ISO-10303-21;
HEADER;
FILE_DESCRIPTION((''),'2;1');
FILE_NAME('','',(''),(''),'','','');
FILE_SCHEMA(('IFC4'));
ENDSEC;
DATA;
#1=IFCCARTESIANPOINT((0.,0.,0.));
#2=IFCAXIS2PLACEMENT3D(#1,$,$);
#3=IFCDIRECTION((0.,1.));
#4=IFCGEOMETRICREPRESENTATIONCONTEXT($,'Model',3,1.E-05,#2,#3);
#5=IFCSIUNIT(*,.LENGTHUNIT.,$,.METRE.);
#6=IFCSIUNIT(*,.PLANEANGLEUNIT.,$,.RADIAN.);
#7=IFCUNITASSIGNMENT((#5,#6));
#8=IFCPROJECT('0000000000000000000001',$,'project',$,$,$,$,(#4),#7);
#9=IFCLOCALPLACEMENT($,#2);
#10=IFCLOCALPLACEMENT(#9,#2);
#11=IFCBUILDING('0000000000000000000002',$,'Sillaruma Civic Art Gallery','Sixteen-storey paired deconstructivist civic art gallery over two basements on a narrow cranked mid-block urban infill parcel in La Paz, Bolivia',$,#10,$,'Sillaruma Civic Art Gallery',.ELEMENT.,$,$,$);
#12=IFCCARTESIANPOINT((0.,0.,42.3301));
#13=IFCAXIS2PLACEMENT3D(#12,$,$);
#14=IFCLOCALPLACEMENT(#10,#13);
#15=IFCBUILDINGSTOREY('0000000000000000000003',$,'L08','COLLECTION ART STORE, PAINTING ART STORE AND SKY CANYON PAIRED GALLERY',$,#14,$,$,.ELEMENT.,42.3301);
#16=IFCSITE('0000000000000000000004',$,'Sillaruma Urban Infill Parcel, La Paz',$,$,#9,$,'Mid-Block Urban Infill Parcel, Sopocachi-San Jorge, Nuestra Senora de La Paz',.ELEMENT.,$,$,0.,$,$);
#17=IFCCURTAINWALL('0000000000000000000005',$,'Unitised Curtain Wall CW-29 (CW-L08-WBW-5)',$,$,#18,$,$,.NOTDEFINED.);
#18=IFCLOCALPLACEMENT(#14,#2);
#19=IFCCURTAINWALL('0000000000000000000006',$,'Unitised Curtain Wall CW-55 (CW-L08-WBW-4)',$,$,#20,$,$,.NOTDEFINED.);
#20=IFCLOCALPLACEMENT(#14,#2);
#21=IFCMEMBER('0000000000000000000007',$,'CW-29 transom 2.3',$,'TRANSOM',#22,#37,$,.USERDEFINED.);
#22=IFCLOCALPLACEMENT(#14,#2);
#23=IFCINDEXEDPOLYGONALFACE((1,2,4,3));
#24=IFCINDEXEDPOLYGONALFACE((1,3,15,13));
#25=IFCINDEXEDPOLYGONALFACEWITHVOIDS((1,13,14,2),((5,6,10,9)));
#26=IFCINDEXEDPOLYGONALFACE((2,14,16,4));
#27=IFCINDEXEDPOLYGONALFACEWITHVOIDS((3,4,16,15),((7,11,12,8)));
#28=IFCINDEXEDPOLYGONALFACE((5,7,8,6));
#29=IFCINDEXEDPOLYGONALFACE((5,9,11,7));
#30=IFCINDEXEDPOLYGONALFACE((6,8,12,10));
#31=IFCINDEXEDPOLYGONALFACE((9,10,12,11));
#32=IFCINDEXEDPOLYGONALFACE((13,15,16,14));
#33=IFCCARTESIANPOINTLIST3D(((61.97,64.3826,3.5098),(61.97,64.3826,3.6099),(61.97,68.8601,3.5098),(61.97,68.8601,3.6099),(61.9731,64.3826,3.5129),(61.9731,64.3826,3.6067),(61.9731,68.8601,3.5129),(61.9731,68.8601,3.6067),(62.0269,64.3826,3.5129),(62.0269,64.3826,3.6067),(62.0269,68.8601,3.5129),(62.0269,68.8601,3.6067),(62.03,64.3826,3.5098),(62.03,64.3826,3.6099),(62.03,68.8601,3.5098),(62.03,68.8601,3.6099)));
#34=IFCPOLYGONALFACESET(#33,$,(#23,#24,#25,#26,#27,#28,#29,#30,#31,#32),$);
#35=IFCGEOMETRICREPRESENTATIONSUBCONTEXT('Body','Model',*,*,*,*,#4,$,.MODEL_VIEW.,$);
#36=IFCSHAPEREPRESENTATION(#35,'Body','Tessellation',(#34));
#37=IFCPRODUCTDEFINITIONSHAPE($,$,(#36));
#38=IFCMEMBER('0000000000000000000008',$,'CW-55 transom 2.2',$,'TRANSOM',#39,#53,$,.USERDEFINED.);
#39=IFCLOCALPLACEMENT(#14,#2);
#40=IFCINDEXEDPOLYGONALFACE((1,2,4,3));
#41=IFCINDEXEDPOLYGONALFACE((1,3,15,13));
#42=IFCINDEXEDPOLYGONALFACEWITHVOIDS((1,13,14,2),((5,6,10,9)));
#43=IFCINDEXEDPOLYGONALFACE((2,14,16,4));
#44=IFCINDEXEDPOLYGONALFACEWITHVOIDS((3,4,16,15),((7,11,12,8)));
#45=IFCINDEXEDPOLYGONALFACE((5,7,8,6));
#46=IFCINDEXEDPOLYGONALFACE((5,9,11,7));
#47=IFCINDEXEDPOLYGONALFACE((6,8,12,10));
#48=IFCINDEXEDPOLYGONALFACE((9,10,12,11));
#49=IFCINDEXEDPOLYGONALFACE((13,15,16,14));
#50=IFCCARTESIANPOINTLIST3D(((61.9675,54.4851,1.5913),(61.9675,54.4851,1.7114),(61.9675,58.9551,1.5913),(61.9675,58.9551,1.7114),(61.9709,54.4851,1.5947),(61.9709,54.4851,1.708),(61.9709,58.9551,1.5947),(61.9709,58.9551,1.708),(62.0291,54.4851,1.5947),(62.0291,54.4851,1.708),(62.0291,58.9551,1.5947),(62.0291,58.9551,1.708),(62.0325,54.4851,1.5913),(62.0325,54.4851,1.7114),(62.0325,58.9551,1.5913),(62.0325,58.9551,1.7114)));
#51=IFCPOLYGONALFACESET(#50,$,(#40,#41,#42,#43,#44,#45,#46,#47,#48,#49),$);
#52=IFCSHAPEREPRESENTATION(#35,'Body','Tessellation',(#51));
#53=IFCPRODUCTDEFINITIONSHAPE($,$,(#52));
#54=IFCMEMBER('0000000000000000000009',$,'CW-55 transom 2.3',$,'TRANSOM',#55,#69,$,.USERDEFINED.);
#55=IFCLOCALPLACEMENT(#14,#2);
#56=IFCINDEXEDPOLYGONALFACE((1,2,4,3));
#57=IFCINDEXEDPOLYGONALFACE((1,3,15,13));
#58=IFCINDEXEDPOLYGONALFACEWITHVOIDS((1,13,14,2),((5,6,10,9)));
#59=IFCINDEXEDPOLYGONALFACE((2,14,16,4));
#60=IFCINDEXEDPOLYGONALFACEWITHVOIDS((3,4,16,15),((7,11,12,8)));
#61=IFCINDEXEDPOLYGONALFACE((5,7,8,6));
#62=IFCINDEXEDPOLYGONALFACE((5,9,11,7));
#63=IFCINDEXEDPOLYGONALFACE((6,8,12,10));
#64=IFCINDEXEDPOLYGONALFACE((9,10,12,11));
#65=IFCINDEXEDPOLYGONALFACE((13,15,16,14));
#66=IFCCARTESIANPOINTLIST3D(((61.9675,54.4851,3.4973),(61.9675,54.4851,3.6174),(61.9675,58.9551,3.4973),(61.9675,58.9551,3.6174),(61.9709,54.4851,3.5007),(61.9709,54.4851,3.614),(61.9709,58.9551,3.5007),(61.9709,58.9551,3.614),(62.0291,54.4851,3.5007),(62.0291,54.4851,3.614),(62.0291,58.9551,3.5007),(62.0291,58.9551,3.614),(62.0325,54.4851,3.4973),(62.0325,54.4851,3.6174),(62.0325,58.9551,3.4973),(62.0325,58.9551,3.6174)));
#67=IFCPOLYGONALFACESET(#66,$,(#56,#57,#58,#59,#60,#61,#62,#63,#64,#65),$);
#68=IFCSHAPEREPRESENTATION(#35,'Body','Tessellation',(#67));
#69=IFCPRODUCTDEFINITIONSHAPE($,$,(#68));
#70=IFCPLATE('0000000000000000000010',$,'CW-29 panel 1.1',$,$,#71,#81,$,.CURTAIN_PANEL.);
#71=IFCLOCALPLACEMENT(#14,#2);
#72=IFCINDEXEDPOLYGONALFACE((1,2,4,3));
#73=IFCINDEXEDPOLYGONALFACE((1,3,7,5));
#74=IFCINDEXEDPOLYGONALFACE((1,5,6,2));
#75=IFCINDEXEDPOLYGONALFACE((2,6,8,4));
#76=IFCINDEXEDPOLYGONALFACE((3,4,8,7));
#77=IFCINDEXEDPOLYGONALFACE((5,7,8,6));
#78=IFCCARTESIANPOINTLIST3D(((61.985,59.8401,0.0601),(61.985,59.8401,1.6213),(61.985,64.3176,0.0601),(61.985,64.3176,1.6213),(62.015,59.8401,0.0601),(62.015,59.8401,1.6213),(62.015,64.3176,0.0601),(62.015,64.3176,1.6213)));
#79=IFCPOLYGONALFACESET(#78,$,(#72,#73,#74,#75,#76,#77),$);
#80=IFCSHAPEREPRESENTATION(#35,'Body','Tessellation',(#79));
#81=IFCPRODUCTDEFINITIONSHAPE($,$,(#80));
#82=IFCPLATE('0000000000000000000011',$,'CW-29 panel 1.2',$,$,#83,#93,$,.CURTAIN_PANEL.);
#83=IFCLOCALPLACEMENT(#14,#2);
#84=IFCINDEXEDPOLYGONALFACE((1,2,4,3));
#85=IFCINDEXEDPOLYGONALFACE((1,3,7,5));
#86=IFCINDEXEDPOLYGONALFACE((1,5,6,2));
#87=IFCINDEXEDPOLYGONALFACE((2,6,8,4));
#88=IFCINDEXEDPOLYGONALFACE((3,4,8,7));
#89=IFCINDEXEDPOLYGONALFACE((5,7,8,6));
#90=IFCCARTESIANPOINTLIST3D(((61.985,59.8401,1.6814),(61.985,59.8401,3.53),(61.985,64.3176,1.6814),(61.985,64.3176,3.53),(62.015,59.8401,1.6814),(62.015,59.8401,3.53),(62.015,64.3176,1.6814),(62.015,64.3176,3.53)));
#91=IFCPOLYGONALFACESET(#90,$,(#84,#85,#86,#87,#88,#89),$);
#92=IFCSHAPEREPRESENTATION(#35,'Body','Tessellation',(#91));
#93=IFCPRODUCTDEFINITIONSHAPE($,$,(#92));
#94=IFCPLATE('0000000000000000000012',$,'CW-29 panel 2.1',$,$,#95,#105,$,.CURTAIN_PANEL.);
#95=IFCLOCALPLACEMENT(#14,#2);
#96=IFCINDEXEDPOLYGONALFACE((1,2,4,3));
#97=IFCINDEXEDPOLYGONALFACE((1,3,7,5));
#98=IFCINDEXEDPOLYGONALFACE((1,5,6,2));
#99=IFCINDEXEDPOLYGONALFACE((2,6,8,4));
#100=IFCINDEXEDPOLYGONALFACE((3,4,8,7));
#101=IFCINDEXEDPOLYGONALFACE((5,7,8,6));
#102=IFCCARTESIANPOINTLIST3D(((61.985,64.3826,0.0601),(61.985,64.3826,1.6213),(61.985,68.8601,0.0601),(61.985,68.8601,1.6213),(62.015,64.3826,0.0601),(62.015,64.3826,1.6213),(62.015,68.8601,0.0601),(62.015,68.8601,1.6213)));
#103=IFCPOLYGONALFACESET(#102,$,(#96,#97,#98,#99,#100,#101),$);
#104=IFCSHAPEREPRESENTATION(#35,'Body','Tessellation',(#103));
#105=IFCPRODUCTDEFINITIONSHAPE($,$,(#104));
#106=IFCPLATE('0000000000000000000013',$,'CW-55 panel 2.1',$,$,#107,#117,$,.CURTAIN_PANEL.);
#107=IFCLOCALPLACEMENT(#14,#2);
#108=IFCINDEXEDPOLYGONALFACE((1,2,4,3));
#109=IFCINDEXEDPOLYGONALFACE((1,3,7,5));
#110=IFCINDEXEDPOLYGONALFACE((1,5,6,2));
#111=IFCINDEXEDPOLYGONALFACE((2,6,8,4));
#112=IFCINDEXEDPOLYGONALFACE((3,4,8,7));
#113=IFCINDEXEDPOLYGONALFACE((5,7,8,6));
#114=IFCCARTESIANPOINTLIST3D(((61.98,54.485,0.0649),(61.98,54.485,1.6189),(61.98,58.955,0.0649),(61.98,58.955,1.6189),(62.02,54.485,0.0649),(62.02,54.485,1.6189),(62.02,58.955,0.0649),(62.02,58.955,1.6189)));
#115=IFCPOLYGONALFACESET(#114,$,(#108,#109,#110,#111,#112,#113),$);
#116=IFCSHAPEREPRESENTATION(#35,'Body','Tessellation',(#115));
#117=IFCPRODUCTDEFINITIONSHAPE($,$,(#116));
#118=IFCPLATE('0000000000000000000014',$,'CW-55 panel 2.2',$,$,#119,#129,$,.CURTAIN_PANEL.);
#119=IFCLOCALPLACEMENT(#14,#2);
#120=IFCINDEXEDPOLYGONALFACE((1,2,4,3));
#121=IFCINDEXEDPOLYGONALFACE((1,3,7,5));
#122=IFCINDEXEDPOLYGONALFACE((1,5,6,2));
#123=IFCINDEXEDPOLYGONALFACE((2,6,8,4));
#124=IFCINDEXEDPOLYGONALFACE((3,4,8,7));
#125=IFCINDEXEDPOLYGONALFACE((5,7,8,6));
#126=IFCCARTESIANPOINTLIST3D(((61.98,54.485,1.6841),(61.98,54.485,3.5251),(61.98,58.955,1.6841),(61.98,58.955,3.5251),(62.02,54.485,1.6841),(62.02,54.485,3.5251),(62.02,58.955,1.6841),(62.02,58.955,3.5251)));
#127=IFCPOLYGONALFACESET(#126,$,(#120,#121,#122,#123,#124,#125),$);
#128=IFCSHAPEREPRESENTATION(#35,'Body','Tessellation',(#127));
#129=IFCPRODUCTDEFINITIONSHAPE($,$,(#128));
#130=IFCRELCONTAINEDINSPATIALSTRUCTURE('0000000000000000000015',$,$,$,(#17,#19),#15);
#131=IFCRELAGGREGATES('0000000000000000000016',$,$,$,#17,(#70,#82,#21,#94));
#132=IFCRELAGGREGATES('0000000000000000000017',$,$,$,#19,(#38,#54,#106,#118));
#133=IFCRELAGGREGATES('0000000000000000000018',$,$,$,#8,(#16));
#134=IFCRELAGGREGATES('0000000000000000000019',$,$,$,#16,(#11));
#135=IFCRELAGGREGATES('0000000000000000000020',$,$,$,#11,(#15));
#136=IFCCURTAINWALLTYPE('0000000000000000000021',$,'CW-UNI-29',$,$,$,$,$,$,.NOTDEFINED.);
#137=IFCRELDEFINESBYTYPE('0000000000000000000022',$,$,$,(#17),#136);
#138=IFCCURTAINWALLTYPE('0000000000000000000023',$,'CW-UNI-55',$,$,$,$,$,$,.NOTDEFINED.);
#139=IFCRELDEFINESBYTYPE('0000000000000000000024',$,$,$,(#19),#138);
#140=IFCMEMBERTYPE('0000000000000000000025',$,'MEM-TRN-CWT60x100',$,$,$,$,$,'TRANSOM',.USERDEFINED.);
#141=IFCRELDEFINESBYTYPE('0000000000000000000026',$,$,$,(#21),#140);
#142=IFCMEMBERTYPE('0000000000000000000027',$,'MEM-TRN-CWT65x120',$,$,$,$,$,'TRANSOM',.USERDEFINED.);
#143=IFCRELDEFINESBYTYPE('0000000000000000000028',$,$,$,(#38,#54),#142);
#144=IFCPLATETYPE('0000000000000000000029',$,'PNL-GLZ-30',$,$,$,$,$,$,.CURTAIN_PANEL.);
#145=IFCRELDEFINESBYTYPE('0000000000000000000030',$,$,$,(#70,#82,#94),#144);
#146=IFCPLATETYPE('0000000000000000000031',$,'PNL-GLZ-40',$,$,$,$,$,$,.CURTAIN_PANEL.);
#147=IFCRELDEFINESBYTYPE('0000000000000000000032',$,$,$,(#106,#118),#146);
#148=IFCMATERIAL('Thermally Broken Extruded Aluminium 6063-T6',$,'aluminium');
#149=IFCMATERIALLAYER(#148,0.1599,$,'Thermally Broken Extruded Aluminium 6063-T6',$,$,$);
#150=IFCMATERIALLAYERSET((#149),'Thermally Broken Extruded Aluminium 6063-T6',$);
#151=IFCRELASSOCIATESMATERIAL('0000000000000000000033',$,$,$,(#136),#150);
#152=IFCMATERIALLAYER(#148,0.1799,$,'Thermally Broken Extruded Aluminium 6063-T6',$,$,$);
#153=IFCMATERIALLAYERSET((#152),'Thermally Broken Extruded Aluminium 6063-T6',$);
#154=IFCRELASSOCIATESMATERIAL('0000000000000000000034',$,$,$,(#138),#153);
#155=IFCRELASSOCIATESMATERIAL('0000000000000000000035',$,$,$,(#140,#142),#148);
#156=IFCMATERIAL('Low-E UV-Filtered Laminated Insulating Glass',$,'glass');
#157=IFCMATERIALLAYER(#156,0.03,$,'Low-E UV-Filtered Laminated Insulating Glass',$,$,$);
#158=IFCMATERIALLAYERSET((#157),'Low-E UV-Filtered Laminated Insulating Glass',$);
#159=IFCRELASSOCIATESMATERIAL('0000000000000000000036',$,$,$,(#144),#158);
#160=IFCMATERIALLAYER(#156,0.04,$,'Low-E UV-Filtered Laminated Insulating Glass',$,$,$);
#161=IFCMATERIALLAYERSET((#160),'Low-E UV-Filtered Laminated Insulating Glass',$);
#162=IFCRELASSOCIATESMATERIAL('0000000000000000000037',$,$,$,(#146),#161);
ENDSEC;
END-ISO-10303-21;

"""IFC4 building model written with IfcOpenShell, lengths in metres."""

from ifc_helpers import new_model, si_unit, direction, frame, origin, origin_2d, place, context, subcontext, project, spatial, rectangle, hollow_rectangle, extrude, material, layer, layer_set, material_profile, profile_set, type_object, element, aggregate, save


model = new_model("IFC4")

# Units and contexts
model_context = context("Model", 3, precision=1e-05, world=origin(), true_north=direction((0.0, 1.0)))
body_context = subcontext(model_context, "Body", "Model", "MODEL_VIEW")
ifc_project = project(units=[si_unit("LENGTHUNIT", "METRE"), si_unit("PLANEANGLEUNIT", "RADIAN")], contexts=[model_context])

# Site, building, storey
site_placement = place(None, origin())
site = spatial("IfcSite", under=ifc_project, at=site_placement, Name="Sillaruma Urban Infill Parcel, La Paz", LongName="Mid-Block Urban Infill Parcel, Sopocachi-San Jorge, Nuestra Senora de La Paz", CompositionType="ELEMENT", RefElevation=0.0)
building_placement = place(site_placement, origin())
building = spatial("IfcBuilding", under=site, at=building_placement, Name="Sillaruma Civic Art Gallery", Description="Sixteen-storey paired deconstructivist civic art gallery over two basements on a narrow cranked mid-block urban infill parcel in La Paz, Bolivia", LongName="Sillaruma Civic Art Gallery", CompositionType="ELEMENT")
storey_placement = place(building_placement, frame((0.0, 0.0, 42.3301)))
storey = spatial("IfcBuildingStorey", under=building, at=storey_placement, Name="L08", Description="COLLECTION ART STORE, PAINTING ART STORE AND SKY CANYON PAIRED GALLERY", CompositionType="ELEMENT", Elevation=42.3301)

# Curtain wall
ifc_material_1 = material(Name="Thermally Broken Extruded Aluminium 6063-T6", Category="aluminium")
ifc_layer_1 = layer(ifc_material_1, 0.1599, Name="Thermally Broken Extruded Aluminium 6063-T6")
ifc_layer_set_1 = layer_set([ifc_layer_1], Name="Thermally Broken Extruded Aluminium 6063-T6")
curtain_wall_type_1 = type_object("IfcCurtainWallType", Name="CW-UNI-29", PredefinedType="NOTDEFINED", material=ifc_layer_set_1)
curtain_wall_1_placement = place(storey_placement, origin())
curtain_wall_1 = element("IfcCurtainWall", 1, at=curtain_wall_1_placement, inside=storey, type_object=curtain_wall_type_1, Name="Unitised Curtain Wall CW-29 (CW-L08-WBW-5)", PredefinedType="NOTDEFINED")

# Curtain wall
ifc_layer_2 = layer(ifc_material_1, 0.1799, Name="Thermally Broken Extruded Aluminium 6063-T6")
ifc_layer_set_2 = layer_set([ifc_layer_2], Name="Thermally Broken Extruded Aluminium 6063-T6")
curtain_wall_type_2 = type_object("IfcCurtainWallType", Name="CW-UNI-55", PredefinedType="NOTDEFINED", material=ifc_layer_set_2)
curtain_wall_2_placement = place(storey_placement, origin())
curtain_wall_2 = element("IfcCurtainWall", 2, at=curtain_wall_2_placement, inside=storey, type_object=curtain_wall_type_2, Name="Unitised Curtain Wall CW-55 (CW-L08-WBW-4)", PredefinedType="NOTDEFINED")

# Members
ifc_material_profile_1 = material_profile(ifc_material_1, hollow_rectangle(XDim=0.0601, YDim=0.1001, WallThickness=0.0032, at=origin_2d()), Name="CWT60x100")
ifc_profile_set_1 = profile_set([ifc_material_profile_1], Name="Thermally Broken Extruded Aluminium 6063-T6")
member_type_1 = type_object("IfcMemberType", Name="MEM-TRN-CWT60x100", ElementType="TRANSOM", PredefinedType="USERDEFINED", material=ifc_profile_set_1)
member_1_placement = place(storey_placement, frame((62.0, 64.3826, 3.5598), z_axis=(0.0, 1.0, 0.0), x_axis=(-1.0, 0.0, 0.0)))
member_1 = element("IfcMember", 3, at=member_1_placement, type_object=member_type_1, Name="CW-29 transom 2.3", ObjectType="TRANSOM", PredefinedType="USERDEFINED", context=body_context, shape_type="SweptSolid", body=[
    extrude(hollow_rectangle(XDim=0.0601, YDim=0.1001, WallThickness=0.0032, at=origin_2d()), origin(), (0.0, 0.0, 1.0), 4.4775),
])
ifc_material_profile_2 = material_profile(ifc_material_1, hollow_rectangle(XDim=0.0649, YDim=0.1201, WallThickness=0.0034, at=origin_2d()), Name="CWT65x120")
ifc_profile_set_2 = profile_set([ifc_material_profile_2], Name="Thermally Broken Extruded Aluminium 6063-T6")
member_type_2 = type_object("IfcMemberType", Name="MEM-TRN-CWT65x120", ElementType="TRANSOM", PredefinedType="USERDEFINED", material=ifc_profile_set_2)
member_2_placement = place(storey_placement, frame((62.0, 54.4851, 1.6514), z_axis=(0.0, 1.0, 0.0), x_axis=(-1.0, 0.0, 0.0)))
member_2 = element("IfcMember", 4, at=member_2_placement, type_object=member_type_2, Name="CW-55 transom 2.2", ObjectType="TRANSOM", PredefinedType="USERDEFINED", context=body_context, shape_type="SweptSolid", body=[
    extrude(hollow_rectangle(XDim=0.0649, YDim=0.1201, WallThickness=0.0034, at=origin_2d()), origin(), (0.0, 0.0, 1.0), 4.47),
])
member_3_placement = place(storey_placement, frame((62.0, 54.4851, 3.5574), z_axis=(0.0, 1.0, 0.0), x_axis=(-1.0, 0.0, 0.0)))
member_3 = element("IfcMember", 5, at=member_3_placement, type_object=member_type_2, Name="CW-55 transom 2.3", ObjectType="TRANSOM", PredefinedType="USERDEFINED", context=body_context, shape_type="SweptSolid", body=[
    extrude(hollow_rectangle(XDim=0.0649, YDim=0.1201, WallThickness=0.0034, at=origin_2d()), origin(), (0.0, 0.0, 1.0), 4.47),
])

# Plates
ifc_material_2 = material(Name="Low-E UV-Filtered Laminated Insulating Glass", Category="glass")
ifc_layer_3 = layer(ifc_material_2, 0.03, Name="Low-E UV-Filtered Laminated Insulating Glass")
ifc_layer_set_3 = layer_set([ifc_layer_3], Name="Low-E UV-Filtered Laminated Insulating Glass")
plate_type_1 = type_object("IfcPlateType", Name="PNL-GLZ-30", PredefinedType="CURTAIN_PANEL", material=ifc_layer_set_3)
plate_1_placement = place(storey_placement, frame((62.0, 62.0789, 0.0601), z_axis=(0.0, 0.0, 1.0), x_axis=(0.0, 1.0, 0.0)))
plate_1 = element("IfcPlate", 6, at=plate_1_placement, type_object=plate_type_1, Name="CW-29 panel 1.1", PredefinedType="CURTAIN_PANEL", context=body_context, shape_type="SweptSolid", body=[
    extrude(rectangle(XDim=4.4775, YDim=0.03, at=origin_2d()), origin(), (0.0, 0.0, 1.0), 1.5613),
])
plate_2_placement = place(storey_placement, frame((62.0, 62.0789, 1.6814), z_axis=(0.0, 0.0, 1.0), x_axis=(0.0, 1.0, 0.0)))
plate_2 = element("IfcPlate", 7, at=plate_2_placement, type_object=plate_type_1, Name="CW-29 panel 1.2", PredefinedType="CURTAIN_PANEL", context=body_context, shape_type="SweptSolid", body=[
    extrude(rectangle(XDim=4.4775, YDim=0.03, at=origin_2d()), origin(), (0.0, 0.0, 1.0), 1.8486),
])
plate_3_placement = place(storey_placement, frame((62.0, 66.6213, 0.0601), z_axis=(0.0, 0.0, 1.0), x_axis=(0.0, 1.0, 0.0)))
plate_3 = element("IfcPlate", 8, at=plate_3_placement, type_object=plate_type_1, Name="CW-29 panel 2.1", PredefinedType="CURTAIN_PANEL", context=body_context, shape_type="SweptSolid", body=[
    extrude(rectangle(XDim=4.4775, YDim=0.03, at=origin_2d()), origin(), (0.0, 0.0, 1.0), 1.5613),
])
aggregate(curtain_wall_1, [plate_1, plate_2, member_1, plate_3])
ifc_layer_4 = layer(ifc_material_2, 0.04, Name="Low-E UV-Filtered Laminated Insulating Glass")
ifc_layer_set_4 = layer_set([ifc_layer_4], Name="Low-E UV-Filtered Laminated Insulating Glass")
plate_type_2 = type_object("IfcPlateType", Name="PNL-GLZ-40", PredefinedType="CURTAIN_PANEL", material=ifc_layer_set_4)
plate_4_placement = place(storey_placement, frame((62.0, 56.72, 0.0649), z_axis=(0.0, 0.0, 1.0), x_axis=(0.0, 1.0, 0.0)))
plate_4 = element("IfcPlate", 9, at=plate_4_placement, type_object=plate_type_2, Name="CW-55 panel 2.1", PredefinedType="CURTAIN_PANEL", context=body_context, shape_type="SweptSolid", body=[
    extrude(rectangle(XDim=4.47, YDim=0.04, at=origin_2d()), origin(), (0.0, 0.0, 1.0), 1.554),
])
plate_5_placement = place(storey_placement, frame((62.0, 56.72, 1.6841), z_axis=(0.0, 0.0, 1.0), x_axis=(0.0, 1.0, 0.0)))
plate_5 = element("IfcPlate", 10, at=plate_5_placement, type_object=plate_type_2, Name="CW-55 panel 2.2", PredefinedType="CURTAIN_PANEL", context=body_context, shape_type="SweptSolid", body=[
    extrude(rectangle(XDim=4.47, YDim=0.04, at=origin_2d()), origin(), (0.0, 0.0, 1.0), 1.8411),
])
aggregate(curtain_wall_2, [member_2, member_3, plate_4, plate_5])

save(model, "model.ifc")
